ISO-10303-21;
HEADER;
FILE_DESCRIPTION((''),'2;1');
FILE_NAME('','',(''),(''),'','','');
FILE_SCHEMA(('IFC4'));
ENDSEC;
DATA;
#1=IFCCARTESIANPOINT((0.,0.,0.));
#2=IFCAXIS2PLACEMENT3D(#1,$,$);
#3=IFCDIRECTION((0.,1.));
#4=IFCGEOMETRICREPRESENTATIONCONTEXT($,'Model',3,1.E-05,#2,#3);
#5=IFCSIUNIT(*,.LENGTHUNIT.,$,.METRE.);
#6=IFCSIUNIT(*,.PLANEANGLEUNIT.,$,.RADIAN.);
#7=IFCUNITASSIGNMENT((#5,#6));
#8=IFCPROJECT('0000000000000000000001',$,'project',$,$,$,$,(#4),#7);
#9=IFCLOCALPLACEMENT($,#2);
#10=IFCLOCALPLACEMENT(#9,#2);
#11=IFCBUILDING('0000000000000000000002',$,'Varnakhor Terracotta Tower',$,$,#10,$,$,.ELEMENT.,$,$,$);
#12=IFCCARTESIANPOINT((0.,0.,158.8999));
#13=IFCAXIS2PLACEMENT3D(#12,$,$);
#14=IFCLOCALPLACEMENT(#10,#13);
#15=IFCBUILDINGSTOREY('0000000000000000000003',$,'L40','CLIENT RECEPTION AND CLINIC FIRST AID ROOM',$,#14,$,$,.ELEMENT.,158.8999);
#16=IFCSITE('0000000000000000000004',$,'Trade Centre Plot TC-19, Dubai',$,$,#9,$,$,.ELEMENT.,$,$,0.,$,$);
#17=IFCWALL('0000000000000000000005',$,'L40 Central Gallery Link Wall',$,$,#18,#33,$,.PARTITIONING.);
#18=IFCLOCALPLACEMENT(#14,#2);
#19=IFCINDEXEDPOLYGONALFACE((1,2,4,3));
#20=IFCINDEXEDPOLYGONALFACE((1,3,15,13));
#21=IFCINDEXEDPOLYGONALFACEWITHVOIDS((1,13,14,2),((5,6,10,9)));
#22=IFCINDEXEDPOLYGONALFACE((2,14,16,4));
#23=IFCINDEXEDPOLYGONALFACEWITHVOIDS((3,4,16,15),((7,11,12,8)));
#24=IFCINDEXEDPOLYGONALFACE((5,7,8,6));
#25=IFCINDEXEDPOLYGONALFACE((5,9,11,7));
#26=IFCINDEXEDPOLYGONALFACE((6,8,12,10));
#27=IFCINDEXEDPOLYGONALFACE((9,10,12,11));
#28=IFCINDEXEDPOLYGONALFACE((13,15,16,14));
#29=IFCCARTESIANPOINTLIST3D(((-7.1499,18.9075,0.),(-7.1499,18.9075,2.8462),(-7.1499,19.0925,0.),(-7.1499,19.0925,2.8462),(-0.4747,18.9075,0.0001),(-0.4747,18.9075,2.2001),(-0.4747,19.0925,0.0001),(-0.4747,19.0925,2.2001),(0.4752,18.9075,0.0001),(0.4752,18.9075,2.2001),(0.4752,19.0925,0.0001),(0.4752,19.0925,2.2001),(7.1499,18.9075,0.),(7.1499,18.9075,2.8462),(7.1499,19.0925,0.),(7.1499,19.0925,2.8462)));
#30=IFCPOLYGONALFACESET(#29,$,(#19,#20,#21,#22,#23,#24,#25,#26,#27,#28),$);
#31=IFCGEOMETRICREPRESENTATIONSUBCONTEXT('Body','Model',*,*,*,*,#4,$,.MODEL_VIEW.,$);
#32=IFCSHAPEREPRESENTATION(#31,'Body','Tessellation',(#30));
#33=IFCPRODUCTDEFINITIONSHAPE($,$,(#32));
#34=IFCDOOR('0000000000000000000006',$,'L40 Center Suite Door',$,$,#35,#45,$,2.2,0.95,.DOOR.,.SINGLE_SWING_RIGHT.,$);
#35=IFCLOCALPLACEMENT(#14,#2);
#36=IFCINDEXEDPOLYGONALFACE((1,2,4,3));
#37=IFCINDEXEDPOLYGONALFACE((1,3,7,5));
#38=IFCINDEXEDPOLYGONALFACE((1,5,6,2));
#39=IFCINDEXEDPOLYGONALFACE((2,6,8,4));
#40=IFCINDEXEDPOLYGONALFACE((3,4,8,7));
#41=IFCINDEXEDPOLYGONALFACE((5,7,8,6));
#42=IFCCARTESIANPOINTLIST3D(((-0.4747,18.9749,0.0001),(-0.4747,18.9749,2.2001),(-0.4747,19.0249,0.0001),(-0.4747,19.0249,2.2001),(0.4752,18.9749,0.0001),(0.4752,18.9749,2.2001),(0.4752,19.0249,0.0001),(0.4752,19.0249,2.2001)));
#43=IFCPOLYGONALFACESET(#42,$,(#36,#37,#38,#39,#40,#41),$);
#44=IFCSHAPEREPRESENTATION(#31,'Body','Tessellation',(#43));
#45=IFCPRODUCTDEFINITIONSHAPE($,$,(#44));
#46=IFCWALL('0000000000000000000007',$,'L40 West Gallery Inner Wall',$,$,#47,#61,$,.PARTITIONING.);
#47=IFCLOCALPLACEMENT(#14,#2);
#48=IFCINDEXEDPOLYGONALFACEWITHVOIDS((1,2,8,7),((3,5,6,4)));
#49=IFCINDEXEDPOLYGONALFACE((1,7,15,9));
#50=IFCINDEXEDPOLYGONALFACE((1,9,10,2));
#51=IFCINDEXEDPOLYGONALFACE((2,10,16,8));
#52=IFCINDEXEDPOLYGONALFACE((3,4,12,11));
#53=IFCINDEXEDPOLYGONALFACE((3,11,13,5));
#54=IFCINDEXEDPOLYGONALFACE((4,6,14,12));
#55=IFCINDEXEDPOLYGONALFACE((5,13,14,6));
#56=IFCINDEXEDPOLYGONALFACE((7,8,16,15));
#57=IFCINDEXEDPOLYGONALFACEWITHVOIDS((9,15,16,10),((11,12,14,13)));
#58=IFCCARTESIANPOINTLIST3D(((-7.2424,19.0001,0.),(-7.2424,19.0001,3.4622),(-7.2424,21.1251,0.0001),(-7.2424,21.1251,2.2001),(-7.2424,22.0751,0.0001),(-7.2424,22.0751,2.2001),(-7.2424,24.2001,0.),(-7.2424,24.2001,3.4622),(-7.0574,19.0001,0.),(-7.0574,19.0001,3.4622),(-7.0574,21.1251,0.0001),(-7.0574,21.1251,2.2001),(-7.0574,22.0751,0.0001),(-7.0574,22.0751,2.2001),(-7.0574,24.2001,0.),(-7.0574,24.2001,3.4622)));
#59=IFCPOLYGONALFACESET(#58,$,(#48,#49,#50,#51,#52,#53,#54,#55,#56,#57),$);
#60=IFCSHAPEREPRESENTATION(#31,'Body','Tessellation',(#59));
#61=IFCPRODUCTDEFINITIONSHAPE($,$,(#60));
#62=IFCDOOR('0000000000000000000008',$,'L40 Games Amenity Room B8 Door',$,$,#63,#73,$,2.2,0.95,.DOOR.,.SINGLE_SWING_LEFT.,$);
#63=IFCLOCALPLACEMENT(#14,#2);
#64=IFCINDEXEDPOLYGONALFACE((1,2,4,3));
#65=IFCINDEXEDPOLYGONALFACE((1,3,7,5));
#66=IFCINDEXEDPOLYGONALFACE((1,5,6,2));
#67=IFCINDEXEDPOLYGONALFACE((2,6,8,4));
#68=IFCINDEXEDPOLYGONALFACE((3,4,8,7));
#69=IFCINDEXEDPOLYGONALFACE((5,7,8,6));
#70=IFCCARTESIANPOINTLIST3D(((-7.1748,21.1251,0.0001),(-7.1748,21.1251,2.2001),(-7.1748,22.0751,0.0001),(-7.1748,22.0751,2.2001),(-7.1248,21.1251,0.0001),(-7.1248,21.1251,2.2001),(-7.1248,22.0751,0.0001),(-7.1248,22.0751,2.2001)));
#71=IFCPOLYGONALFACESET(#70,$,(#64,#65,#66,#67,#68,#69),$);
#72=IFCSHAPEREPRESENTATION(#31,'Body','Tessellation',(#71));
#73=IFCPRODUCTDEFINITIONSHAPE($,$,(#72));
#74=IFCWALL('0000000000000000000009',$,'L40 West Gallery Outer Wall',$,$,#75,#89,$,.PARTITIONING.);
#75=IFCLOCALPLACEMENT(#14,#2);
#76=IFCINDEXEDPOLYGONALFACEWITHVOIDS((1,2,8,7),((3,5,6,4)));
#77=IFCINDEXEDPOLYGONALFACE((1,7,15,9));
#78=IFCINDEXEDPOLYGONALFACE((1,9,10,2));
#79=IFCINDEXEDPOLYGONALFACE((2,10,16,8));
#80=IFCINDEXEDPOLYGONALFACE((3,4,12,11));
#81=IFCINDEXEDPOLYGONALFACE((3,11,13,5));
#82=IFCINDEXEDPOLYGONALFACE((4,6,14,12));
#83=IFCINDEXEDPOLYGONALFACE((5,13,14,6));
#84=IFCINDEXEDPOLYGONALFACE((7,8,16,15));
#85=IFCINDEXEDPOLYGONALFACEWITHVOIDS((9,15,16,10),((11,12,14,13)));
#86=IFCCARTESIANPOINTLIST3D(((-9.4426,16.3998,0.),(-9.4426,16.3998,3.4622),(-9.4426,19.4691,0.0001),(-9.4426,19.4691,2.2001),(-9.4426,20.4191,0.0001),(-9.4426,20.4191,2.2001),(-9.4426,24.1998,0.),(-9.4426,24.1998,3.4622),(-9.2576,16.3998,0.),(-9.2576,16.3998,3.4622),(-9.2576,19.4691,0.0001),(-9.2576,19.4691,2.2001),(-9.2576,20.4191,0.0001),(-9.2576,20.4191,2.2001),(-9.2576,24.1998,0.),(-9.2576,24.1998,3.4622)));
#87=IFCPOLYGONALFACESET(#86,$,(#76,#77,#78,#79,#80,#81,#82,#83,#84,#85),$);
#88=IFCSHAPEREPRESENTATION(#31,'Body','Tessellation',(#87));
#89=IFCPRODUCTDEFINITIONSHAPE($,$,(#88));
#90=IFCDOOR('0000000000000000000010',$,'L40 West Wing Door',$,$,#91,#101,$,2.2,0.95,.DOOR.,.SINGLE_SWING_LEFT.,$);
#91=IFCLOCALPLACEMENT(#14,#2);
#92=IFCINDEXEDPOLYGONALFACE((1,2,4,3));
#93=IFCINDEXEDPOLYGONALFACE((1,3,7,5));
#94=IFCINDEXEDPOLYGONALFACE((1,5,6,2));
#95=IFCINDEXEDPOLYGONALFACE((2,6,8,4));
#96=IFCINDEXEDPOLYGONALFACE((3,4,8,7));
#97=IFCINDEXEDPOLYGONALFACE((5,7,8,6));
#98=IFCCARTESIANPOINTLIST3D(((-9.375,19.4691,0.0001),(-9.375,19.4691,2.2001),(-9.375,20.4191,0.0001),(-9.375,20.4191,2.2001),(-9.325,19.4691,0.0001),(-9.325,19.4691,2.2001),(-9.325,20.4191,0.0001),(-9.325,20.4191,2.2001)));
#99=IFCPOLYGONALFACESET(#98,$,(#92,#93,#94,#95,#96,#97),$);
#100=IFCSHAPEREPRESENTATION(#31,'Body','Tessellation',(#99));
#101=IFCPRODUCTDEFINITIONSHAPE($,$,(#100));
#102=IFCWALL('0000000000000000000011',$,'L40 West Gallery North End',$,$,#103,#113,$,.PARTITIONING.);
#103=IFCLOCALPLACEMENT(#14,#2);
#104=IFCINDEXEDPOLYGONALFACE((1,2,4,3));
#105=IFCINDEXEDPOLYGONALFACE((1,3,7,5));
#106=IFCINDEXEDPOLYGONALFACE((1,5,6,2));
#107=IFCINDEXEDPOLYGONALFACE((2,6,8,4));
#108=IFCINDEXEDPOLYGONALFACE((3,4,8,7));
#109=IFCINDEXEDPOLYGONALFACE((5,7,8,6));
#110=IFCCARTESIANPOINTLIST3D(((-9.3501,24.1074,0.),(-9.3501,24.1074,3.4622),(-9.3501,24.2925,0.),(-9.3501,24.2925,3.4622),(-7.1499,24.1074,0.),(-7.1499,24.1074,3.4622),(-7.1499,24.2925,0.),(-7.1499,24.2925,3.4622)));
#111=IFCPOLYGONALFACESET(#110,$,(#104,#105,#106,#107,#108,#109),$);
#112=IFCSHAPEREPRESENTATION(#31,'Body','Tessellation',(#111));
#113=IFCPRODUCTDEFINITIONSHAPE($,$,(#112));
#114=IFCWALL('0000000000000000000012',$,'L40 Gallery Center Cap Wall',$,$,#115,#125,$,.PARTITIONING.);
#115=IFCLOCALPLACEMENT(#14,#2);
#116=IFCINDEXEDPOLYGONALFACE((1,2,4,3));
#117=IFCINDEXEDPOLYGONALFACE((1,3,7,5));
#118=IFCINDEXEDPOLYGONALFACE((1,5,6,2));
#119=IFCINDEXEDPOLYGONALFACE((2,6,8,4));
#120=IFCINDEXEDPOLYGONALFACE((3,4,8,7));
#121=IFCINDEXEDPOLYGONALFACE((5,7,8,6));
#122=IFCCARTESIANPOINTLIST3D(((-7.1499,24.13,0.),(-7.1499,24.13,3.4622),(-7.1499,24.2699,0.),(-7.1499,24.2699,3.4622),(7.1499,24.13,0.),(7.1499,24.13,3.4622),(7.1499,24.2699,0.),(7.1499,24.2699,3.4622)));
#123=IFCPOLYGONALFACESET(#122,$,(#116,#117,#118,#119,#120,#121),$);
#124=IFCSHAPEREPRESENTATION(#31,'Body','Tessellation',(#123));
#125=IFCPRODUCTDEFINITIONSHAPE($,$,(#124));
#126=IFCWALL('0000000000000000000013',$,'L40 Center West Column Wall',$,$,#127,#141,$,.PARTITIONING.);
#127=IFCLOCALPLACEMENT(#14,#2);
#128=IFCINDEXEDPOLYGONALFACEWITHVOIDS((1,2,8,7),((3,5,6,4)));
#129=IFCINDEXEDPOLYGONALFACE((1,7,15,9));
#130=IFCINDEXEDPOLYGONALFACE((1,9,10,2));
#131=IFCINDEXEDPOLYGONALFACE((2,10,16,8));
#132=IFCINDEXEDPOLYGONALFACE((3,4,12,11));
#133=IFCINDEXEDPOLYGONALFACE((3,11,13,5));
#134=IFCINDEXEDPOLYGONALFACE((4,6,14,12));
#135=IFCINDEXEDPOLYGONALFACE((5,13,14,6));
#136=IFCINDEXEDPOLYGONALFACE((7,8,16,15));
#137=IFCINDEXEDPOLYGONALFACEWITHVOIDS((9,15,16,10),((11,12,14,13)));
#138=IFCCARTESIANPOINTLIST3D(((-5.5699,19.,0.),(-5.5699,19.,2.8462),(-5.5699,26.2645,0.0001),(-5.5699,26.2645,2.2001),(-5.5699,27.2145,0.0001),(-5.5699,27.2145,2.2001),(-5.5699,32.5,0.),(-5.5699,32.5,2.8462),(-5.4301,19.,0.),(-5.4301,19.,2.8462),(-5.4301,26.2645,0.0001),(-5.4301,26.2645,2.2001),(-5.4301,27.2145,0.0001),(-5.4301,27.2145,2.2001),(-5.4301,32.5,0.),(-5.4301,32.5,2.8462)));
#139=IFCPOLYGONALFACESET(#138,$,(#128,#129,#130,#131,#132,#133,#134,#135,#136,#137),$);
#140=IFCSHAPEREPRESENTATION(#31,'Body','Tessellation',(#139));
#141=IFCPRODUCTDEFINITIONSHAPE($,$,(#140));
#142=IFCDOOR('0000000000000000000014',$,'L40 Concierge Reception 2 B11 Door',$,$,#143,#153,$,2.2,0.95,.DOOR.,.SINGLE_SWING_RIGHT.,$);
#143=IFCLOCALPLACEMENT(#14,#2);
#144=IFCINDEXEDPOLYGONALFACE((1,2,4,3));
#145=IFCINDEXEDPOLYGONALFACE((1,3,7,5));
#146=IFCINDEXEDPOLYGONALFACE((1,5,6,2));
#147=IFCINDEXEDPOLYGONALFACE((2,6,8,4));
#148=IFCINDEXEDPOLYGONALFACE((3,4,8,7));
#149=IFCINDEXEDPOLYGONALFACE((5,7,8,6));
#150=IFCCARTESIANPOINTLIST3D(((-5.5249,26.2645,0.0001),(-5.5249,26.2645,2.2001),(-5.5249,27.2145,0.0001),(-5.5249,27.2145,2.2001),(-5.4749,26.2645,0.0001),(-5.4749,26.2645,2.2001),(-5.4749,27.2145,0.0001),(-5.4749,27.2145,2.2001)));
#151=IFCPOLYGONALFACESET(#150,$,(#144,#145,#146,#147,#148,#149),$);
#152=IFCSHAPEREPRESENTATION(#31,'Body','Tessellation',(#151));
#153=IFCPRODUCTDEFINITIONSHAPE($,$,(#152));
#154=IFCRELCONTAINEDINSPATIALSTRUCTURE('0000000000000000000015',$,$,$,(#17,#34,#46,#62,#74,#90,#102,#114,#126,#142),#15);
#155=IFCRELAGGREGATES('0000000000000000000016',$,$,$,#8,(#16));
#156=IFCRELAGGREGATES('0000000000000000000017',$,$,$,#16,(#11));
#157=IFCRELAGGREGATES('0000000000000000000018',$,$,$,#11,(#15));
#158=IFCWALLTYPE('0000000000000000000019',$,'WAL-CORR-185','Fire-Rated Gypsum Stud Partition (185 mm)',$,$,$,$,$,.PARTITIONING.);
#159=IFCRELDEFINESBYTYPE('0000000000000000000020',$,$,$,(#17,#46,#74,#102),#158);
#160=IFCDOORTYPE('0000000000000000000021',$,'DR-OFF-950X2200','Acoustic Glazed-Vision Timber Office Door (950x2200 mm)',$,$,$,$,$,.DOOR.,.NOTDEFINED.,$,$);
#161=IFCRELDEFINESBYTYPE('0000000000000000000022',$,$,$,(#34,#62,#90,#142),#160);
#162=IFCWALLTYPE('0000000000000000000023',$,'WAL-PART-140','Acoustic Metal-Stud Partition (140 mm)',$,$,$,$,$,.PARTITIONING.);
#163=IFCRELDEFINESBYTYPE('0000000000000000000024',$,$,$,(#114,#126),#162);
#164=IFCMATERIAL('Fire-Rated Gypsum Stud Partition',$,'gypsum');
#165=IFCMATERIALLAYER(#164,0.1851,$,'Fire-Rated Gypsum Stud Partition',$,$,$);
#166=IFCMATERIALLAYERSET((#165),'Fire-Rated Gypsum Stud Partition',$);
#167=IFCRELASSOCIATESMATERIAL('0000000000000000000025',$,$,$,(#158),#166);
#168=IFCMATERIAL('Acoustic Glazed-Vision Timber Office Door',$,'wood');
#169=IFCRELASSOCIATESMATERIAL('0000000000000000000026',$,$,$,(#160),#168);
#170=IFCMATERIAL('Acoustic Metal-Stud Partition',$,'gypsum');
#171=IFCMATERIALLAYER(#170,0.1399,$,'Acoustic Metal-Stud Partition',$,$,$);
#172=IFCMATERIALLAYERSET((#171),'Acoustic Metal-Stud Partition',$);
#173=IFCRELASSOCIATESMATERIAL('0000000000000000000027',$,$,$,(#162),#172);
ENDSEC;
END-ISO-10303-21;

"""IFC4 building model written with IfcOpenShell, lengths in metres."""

from ifc_helpers import new_model, si_unit, direction, frame, frame_2d, origin, place, context, subcontext, project, spatial, rectangle, extrude, source, transform, mapped, material, layer, layer_set, type_object, type_shapes, element, fill, save


model = new_model("IFC4")

# Units and contexts
model_context = context("Model", 3, precision=1e-05, world=origin(), true_north=direction((0.0, 1.0)))
body_context = subcontext(model_context, "Body", "Model", "MODEL_VIEW")
ifc_project = project(units=[si_unit("LENGTHUNIT", "METRE"), si_unit("PLANEANGLEUNIT", "RADIAN")], contexts=[model_context])

# Site, building, storey
site_placement = place(None, origin())
site = spatial("IfcSite", under=ifc_project, at=site_placement, Name="Trade Centre Plot TC-19, Dubai", CompositionType="ELEMENT", RefElevation=0.0)
building_placement = place(site_placement, origin())
building = spatial("IfcBuilding", under=site, at=building_placement, Name="Varnakhor Terracotta Tower", CompositionType="ELEMENT")
storey_placement = place(building_placement, frame((0.0, 0.0, 158.8999)))
storey = spatial("IfcBuildingStorey", under=building, at=storey_placement, Name="L40", Description="CLIENT RECEPTION AND CLINIC FIRST AID ROOM", CompositionType="ELEMENT", Elevation=158.8999)

# Walls, openings, doors
ifc_material_1 = material(Name="Fire-Rated Gypsum Stud Partition", Category="gypsum")
ifc_layer_1 = layer(ifc_material_1, 0.1851, Name="Fire-Rated Gypsum Stud Partition")
ifc_layer_set_1 = layer_set([ifc_layer_1], Name="Fire-Rated Gypsum Stud Partition")
wall_type_1 = type_object("IfcWallType", Name="WAL-CORR-185", Description="Fire-Rated Gypsum Stud Partition (185 mm)", PredefinedType="PARTITIONING", material=ifc_layer_set_1)
wall_1_placement = place(storey_placement, frame((-7.1499, 19.0, 0.0), z_axis=(0.0, 0.0, 1.0), x_axis=(1.0, 0.0, 0.0)))
wall_1 = element("IfcWall", 1, at=wall_1_placement, inside=storey, type_object=wall_type_1, Name="L40 Central Gallery Link Wall", PredefinedType="PARTITIONING", context=body_context, shape_type="SweptSolid", body=[
    extrude(rectangle(XDim=14.2998, YDim=0.1851, at=frame_2d((7.1499, 0.0))), origin(), (0.0, 0.0, 1.0), 2.8462),
])
opening_1_placement = place(wall_1_placement, frame((6.675, 0.0, 0.0)))
opening_1 = element("IfcOpeningElement", 2, at=opening_1_placement, cuts=wall_1, PredefinedType="OPENING", context=body_context, shape_type="SweptSolid", body=[
    extrude(rectangle(XDim=0.95, YDim=2.2, at=frame_2d((0.4751, 1.1001))), frame((0.0, 0.1025, 0.0), z_axis=(0.0, -1.0, 0.0), x_axis=(1.0, 0.0, 0.0)), (0.0, 0.0, 1.0), 0.2051),
])
ifc_material_2 = material(Name="Acoustic Glazed-Vision Timber Office Door", Category="wood")
door_type_1 = type_object("IfcDoorType", Name="DR-OFF-950X2200", Description="Acoustic Glazed-Vision Timber Office Door (950x2200 mm)", OperationType="NOTDEFINED", PredefinedType="DOOR", material=ifc_material_2)
shared_shape_1 = source(origin(), body_context, "Body", "SweptSolid", [
    extrude(rectangle(XDim=0.95, YDim=2.2, at=frame_2d((0.4751, 1.1001))), frame((0.0, 0.0249, 0.0), z_axis=(0.0, -1.0, 0.0), x_axis=(1.0, 0.0, 0.0)), (0.0, 0.0, 1.0), 0.05),
])
type_shapes(door_type_1, [shared_shape_1])
door_1_placement = place(opening_1_placement, origin())
door_1 = element("IfcDoor", 3, at=door_1_placement, inside=storey, type_object=door_type_1, Name="L40 Center Suite Door", OperationType="SINGLE_SWING_RIGHT", OverallHeight=2.2, OverallWidth=0.95, PredefinedType="DOOR", context=body_context, shape_type="MappedRepresentation", body=[
    mapped(shared_shape_1, transform((0.0, 0.0, 0.0), scale=1.0)),
])
fill(opening_1, door_1)
wall_2_placement = place(storey_placement, frame((-7.1499, 19.0, 0.0), z_axis=(0.0, 0.0, 1.0), x_axis=(0.0, 1.0, 0.0)))
wall_2 = element("IfcWall", 4, at=wall_2_placement, inside=storey, type_object=wall_type_1, Name="L40 West Gallery Inner Wall", PredefinedType="PARTITIONING", context=body_context, shape_type="SweptSolid", body=[
    extrude(rectangle(XDim=5.2, YDim=0.1851, at=frame_2d((2.6001, 0.0))), origin(), (0.0, 0.0, 1.0), 3.4622),
])
opening_2_placement = place(wall_2_placement, frame((2.125, 0.0, 0.0)))
opening_2 = element("IfcOpeningElement", 5, at=opening_2_placement, cuts=wall_2, PredefinedType="OPENING", context=body_context, shape_type="SweptSolid", body=[
    extrude(rectangle(XDim=0.95, YDim=2.2, at=frame_2d((0.4751, 1.1001))), frame((0.0, 0.1025, 0.0), z_axis=(0.0, -1.0, 0.0), x_axis=(1.0, 0.0, 0.0)), (0.0, 0.0, 1.0), 0.2051),
])
door_2_placement = place(opening_2_placement, origin())
door_2 = element("IfcDoor", 6, at=door_2_placement, inside=storey, type_object=door_type_1, Name="L40 Games Amenity Room B8 Door", OperationType="SINGLE_SWING_LEFT", OverallHeight=2.2, OverallWidth=0.95, PredefinedType="DOOR", context=body_context, shape_type="MappedRepresentation", body=[
    mapped(shared_shape_1, transform((0.0, 0.0, 0.0), scale=1.0)),
])
fill(opening_2, door_2)
wall_3_placement = place(storey_placement, frame((-9.3501, 16.3999, 0.0), z_axis=(0.0, 0.0, 1.0), x_axis=(0.0, 1.0, 0.0)))
wall_3 = element("IfcWall", 7, at=wall_3_placement, inside=storey, type_object=wall_type_1, Name="L40 West Gallery Outer Wall", PredefinedType="PARTITIONING", context=body_context, shape_type="SweptSolid", body=[
    extrude(rectangle(XDim=7.8, YDim=0.1851, at=frame_2d((3.8999, 0.0))), origin(), (0.0, 0.0, 1.0), 3.4622),
])
opening_3_placement = place(wall_3_placement, frame((3.0691, 0.0, 0.0)))
opening_3 = element("IfcOpeningElement", 8, at=opening_3_placement, cuts=wall_3, PredefinedType="OPENING", context=body_context, shape_type="SweptSolid", body=[
    extrude(rectangle(XDim=0.95, YDim=2.2, at=frame_2d((0.4751, 1.1001))), frame((0.0, 0.1025, 0.0), z_axis=(0.0, -1.0, 0.0), x_axis=(1.0, 0.0, 0.0)), (0.0, 0.0, 1.0), 0.2051),
])
door_3_placement = place(opening_3_placement, origin())
door_3 = element("IfcDoor", 9, at=door_3_placement, inside=storey, type_object=door_type_1, Name="L40 West Wing Door", OperationType="SINGLE_SWING_LEFT", OverallHeight=2.2, OverallWidth=0.95, PredefinedType="DOOR", context=body_context, shape_type="MappedRepresentation", body=[
    mapped(shared_shape_1, transform((0.0, 0.0, 0.0), scale=1.0)),
])
fill(opening_3, door_3)

# Walls
wall_4_placement = place(storey_placement, frame((-9.3501, 24.2, 0.0), z_axis=(0.0, 0.0, 1.0), x_axis=(1.0, 0.0, 0.0)))
element("IfcWall", 10, at=wall_4_placement, inside=storey, type_object=wall_type_1, Name="L40 West Gallery North End", PredefinedType="PARTITIONING", context=body_context, shape_type="SweptSolid", body=[
    extrude(rectangle(XDim=2.2002, YDim=0.1851, at=frame_2d((1.1001, 0.0))), origin(), (0.0, 0.0, 1.0), 3.4622),
])
ifc_material_3 = material(Name="Acoustic Metal-Stud Partition", Category="gypsum")
ifc_layer_2 = layer(ifc_material_3, 0.1399, Name="Acoustic Metal-Stud Partition")
ifc_layer_set_2 = layer_set([ifc_layer_2], Name="Acoustic Metal-Stud Partition")
wall_type_2 = type_object("IfcWallType", Name="WAL-PART-140", Description="Acoustic Metal-Stud Partition (140 mm)", PredefinedType="PARTITIONING", material=ifc_layer_set_2)
wall_5_placement = place(storey_placement, frame((-7.1499, 24.2, 0.0), z_axis=(0.0, 0.0, 1.0), x_axis=(1.0, 0.0, 0.0)))
element("IfcWall", 11, at=wall_5_placement, inside=storey, type_object=wall_type_2, Name="L40 Gallery Center Cap Wall", PredefinedType="PARTITIONING", context=body_context, shape_type="SweptSolid", body=[
    extrude(rectangle(XDim=14.2998, YDim=0.1399, at=frame_2d((7.1499, 0.0))), origin(), (0.0, 0.0, 1.0), 3.4622),
])

# Wall, opening, door
wall_6_placement = place(storey_placement, frame((-5.5, 19.0, 0.0), z_axis=(0.0, 0.0, 1.0), x_axis=(0.0, 1.0, 0.0)))
wall_6 = element("IfcWall", 12, at=wall_6_placement, inside=storey, type_object=wall_type_2, Name="L40 Center West Column Wall", PredefinedType="PARTITIONING", context=body_context, shape_type="SweptSolid", body=[
    extrude(rectangle(XDim=13.5, YDim=0.1399, at=frame_2d((6.75, 0.0))), origin(), (0.0, 0.0, 1.0), 2.8462),
])
opening_4_placement = place(wall_6_placement, frame((7.2644, 0.0, 0.0)))
opening_4 = element("IfcOpeningElement", 13, at=opening_4_placement, cuts=wall_6, PredefinedType="OPENING", context=body_context, shape_type="SweptSolid", body=[
    extrude(rectangle(XDim=0.95, YDim=2.2, at=frame_2d((0.4751, 1.1001))), frame((0.0, 0.0801, 0.0), z_axis=(0.0, -1.0, 0.0), x_axis=(1.0, 0.0, 0.0)), (0.0, 0.0, 1.0), 0.1599),
])
door_4_placement = place(opening_4_placement, origin())
door_4 = element("IfcDoor", 14, at=door_4_placement, inside=storey, type_object=door_type_1, Name="L40 Concierge Reception 2 B11 Door", OperationType="SINGLE_SWING_RIGHT", OverallHeight=2.2, OverallWidth=0.95, PredefinedType="DOOR", context=body_context, shape_type="MappedRepresentation", body=[
    mapped(shared_shape_1, transform((0.0, 0.0, 0.0), scale=1.0)),
])
fill(opening_4, door_4)

save(model, "model.ifc")
